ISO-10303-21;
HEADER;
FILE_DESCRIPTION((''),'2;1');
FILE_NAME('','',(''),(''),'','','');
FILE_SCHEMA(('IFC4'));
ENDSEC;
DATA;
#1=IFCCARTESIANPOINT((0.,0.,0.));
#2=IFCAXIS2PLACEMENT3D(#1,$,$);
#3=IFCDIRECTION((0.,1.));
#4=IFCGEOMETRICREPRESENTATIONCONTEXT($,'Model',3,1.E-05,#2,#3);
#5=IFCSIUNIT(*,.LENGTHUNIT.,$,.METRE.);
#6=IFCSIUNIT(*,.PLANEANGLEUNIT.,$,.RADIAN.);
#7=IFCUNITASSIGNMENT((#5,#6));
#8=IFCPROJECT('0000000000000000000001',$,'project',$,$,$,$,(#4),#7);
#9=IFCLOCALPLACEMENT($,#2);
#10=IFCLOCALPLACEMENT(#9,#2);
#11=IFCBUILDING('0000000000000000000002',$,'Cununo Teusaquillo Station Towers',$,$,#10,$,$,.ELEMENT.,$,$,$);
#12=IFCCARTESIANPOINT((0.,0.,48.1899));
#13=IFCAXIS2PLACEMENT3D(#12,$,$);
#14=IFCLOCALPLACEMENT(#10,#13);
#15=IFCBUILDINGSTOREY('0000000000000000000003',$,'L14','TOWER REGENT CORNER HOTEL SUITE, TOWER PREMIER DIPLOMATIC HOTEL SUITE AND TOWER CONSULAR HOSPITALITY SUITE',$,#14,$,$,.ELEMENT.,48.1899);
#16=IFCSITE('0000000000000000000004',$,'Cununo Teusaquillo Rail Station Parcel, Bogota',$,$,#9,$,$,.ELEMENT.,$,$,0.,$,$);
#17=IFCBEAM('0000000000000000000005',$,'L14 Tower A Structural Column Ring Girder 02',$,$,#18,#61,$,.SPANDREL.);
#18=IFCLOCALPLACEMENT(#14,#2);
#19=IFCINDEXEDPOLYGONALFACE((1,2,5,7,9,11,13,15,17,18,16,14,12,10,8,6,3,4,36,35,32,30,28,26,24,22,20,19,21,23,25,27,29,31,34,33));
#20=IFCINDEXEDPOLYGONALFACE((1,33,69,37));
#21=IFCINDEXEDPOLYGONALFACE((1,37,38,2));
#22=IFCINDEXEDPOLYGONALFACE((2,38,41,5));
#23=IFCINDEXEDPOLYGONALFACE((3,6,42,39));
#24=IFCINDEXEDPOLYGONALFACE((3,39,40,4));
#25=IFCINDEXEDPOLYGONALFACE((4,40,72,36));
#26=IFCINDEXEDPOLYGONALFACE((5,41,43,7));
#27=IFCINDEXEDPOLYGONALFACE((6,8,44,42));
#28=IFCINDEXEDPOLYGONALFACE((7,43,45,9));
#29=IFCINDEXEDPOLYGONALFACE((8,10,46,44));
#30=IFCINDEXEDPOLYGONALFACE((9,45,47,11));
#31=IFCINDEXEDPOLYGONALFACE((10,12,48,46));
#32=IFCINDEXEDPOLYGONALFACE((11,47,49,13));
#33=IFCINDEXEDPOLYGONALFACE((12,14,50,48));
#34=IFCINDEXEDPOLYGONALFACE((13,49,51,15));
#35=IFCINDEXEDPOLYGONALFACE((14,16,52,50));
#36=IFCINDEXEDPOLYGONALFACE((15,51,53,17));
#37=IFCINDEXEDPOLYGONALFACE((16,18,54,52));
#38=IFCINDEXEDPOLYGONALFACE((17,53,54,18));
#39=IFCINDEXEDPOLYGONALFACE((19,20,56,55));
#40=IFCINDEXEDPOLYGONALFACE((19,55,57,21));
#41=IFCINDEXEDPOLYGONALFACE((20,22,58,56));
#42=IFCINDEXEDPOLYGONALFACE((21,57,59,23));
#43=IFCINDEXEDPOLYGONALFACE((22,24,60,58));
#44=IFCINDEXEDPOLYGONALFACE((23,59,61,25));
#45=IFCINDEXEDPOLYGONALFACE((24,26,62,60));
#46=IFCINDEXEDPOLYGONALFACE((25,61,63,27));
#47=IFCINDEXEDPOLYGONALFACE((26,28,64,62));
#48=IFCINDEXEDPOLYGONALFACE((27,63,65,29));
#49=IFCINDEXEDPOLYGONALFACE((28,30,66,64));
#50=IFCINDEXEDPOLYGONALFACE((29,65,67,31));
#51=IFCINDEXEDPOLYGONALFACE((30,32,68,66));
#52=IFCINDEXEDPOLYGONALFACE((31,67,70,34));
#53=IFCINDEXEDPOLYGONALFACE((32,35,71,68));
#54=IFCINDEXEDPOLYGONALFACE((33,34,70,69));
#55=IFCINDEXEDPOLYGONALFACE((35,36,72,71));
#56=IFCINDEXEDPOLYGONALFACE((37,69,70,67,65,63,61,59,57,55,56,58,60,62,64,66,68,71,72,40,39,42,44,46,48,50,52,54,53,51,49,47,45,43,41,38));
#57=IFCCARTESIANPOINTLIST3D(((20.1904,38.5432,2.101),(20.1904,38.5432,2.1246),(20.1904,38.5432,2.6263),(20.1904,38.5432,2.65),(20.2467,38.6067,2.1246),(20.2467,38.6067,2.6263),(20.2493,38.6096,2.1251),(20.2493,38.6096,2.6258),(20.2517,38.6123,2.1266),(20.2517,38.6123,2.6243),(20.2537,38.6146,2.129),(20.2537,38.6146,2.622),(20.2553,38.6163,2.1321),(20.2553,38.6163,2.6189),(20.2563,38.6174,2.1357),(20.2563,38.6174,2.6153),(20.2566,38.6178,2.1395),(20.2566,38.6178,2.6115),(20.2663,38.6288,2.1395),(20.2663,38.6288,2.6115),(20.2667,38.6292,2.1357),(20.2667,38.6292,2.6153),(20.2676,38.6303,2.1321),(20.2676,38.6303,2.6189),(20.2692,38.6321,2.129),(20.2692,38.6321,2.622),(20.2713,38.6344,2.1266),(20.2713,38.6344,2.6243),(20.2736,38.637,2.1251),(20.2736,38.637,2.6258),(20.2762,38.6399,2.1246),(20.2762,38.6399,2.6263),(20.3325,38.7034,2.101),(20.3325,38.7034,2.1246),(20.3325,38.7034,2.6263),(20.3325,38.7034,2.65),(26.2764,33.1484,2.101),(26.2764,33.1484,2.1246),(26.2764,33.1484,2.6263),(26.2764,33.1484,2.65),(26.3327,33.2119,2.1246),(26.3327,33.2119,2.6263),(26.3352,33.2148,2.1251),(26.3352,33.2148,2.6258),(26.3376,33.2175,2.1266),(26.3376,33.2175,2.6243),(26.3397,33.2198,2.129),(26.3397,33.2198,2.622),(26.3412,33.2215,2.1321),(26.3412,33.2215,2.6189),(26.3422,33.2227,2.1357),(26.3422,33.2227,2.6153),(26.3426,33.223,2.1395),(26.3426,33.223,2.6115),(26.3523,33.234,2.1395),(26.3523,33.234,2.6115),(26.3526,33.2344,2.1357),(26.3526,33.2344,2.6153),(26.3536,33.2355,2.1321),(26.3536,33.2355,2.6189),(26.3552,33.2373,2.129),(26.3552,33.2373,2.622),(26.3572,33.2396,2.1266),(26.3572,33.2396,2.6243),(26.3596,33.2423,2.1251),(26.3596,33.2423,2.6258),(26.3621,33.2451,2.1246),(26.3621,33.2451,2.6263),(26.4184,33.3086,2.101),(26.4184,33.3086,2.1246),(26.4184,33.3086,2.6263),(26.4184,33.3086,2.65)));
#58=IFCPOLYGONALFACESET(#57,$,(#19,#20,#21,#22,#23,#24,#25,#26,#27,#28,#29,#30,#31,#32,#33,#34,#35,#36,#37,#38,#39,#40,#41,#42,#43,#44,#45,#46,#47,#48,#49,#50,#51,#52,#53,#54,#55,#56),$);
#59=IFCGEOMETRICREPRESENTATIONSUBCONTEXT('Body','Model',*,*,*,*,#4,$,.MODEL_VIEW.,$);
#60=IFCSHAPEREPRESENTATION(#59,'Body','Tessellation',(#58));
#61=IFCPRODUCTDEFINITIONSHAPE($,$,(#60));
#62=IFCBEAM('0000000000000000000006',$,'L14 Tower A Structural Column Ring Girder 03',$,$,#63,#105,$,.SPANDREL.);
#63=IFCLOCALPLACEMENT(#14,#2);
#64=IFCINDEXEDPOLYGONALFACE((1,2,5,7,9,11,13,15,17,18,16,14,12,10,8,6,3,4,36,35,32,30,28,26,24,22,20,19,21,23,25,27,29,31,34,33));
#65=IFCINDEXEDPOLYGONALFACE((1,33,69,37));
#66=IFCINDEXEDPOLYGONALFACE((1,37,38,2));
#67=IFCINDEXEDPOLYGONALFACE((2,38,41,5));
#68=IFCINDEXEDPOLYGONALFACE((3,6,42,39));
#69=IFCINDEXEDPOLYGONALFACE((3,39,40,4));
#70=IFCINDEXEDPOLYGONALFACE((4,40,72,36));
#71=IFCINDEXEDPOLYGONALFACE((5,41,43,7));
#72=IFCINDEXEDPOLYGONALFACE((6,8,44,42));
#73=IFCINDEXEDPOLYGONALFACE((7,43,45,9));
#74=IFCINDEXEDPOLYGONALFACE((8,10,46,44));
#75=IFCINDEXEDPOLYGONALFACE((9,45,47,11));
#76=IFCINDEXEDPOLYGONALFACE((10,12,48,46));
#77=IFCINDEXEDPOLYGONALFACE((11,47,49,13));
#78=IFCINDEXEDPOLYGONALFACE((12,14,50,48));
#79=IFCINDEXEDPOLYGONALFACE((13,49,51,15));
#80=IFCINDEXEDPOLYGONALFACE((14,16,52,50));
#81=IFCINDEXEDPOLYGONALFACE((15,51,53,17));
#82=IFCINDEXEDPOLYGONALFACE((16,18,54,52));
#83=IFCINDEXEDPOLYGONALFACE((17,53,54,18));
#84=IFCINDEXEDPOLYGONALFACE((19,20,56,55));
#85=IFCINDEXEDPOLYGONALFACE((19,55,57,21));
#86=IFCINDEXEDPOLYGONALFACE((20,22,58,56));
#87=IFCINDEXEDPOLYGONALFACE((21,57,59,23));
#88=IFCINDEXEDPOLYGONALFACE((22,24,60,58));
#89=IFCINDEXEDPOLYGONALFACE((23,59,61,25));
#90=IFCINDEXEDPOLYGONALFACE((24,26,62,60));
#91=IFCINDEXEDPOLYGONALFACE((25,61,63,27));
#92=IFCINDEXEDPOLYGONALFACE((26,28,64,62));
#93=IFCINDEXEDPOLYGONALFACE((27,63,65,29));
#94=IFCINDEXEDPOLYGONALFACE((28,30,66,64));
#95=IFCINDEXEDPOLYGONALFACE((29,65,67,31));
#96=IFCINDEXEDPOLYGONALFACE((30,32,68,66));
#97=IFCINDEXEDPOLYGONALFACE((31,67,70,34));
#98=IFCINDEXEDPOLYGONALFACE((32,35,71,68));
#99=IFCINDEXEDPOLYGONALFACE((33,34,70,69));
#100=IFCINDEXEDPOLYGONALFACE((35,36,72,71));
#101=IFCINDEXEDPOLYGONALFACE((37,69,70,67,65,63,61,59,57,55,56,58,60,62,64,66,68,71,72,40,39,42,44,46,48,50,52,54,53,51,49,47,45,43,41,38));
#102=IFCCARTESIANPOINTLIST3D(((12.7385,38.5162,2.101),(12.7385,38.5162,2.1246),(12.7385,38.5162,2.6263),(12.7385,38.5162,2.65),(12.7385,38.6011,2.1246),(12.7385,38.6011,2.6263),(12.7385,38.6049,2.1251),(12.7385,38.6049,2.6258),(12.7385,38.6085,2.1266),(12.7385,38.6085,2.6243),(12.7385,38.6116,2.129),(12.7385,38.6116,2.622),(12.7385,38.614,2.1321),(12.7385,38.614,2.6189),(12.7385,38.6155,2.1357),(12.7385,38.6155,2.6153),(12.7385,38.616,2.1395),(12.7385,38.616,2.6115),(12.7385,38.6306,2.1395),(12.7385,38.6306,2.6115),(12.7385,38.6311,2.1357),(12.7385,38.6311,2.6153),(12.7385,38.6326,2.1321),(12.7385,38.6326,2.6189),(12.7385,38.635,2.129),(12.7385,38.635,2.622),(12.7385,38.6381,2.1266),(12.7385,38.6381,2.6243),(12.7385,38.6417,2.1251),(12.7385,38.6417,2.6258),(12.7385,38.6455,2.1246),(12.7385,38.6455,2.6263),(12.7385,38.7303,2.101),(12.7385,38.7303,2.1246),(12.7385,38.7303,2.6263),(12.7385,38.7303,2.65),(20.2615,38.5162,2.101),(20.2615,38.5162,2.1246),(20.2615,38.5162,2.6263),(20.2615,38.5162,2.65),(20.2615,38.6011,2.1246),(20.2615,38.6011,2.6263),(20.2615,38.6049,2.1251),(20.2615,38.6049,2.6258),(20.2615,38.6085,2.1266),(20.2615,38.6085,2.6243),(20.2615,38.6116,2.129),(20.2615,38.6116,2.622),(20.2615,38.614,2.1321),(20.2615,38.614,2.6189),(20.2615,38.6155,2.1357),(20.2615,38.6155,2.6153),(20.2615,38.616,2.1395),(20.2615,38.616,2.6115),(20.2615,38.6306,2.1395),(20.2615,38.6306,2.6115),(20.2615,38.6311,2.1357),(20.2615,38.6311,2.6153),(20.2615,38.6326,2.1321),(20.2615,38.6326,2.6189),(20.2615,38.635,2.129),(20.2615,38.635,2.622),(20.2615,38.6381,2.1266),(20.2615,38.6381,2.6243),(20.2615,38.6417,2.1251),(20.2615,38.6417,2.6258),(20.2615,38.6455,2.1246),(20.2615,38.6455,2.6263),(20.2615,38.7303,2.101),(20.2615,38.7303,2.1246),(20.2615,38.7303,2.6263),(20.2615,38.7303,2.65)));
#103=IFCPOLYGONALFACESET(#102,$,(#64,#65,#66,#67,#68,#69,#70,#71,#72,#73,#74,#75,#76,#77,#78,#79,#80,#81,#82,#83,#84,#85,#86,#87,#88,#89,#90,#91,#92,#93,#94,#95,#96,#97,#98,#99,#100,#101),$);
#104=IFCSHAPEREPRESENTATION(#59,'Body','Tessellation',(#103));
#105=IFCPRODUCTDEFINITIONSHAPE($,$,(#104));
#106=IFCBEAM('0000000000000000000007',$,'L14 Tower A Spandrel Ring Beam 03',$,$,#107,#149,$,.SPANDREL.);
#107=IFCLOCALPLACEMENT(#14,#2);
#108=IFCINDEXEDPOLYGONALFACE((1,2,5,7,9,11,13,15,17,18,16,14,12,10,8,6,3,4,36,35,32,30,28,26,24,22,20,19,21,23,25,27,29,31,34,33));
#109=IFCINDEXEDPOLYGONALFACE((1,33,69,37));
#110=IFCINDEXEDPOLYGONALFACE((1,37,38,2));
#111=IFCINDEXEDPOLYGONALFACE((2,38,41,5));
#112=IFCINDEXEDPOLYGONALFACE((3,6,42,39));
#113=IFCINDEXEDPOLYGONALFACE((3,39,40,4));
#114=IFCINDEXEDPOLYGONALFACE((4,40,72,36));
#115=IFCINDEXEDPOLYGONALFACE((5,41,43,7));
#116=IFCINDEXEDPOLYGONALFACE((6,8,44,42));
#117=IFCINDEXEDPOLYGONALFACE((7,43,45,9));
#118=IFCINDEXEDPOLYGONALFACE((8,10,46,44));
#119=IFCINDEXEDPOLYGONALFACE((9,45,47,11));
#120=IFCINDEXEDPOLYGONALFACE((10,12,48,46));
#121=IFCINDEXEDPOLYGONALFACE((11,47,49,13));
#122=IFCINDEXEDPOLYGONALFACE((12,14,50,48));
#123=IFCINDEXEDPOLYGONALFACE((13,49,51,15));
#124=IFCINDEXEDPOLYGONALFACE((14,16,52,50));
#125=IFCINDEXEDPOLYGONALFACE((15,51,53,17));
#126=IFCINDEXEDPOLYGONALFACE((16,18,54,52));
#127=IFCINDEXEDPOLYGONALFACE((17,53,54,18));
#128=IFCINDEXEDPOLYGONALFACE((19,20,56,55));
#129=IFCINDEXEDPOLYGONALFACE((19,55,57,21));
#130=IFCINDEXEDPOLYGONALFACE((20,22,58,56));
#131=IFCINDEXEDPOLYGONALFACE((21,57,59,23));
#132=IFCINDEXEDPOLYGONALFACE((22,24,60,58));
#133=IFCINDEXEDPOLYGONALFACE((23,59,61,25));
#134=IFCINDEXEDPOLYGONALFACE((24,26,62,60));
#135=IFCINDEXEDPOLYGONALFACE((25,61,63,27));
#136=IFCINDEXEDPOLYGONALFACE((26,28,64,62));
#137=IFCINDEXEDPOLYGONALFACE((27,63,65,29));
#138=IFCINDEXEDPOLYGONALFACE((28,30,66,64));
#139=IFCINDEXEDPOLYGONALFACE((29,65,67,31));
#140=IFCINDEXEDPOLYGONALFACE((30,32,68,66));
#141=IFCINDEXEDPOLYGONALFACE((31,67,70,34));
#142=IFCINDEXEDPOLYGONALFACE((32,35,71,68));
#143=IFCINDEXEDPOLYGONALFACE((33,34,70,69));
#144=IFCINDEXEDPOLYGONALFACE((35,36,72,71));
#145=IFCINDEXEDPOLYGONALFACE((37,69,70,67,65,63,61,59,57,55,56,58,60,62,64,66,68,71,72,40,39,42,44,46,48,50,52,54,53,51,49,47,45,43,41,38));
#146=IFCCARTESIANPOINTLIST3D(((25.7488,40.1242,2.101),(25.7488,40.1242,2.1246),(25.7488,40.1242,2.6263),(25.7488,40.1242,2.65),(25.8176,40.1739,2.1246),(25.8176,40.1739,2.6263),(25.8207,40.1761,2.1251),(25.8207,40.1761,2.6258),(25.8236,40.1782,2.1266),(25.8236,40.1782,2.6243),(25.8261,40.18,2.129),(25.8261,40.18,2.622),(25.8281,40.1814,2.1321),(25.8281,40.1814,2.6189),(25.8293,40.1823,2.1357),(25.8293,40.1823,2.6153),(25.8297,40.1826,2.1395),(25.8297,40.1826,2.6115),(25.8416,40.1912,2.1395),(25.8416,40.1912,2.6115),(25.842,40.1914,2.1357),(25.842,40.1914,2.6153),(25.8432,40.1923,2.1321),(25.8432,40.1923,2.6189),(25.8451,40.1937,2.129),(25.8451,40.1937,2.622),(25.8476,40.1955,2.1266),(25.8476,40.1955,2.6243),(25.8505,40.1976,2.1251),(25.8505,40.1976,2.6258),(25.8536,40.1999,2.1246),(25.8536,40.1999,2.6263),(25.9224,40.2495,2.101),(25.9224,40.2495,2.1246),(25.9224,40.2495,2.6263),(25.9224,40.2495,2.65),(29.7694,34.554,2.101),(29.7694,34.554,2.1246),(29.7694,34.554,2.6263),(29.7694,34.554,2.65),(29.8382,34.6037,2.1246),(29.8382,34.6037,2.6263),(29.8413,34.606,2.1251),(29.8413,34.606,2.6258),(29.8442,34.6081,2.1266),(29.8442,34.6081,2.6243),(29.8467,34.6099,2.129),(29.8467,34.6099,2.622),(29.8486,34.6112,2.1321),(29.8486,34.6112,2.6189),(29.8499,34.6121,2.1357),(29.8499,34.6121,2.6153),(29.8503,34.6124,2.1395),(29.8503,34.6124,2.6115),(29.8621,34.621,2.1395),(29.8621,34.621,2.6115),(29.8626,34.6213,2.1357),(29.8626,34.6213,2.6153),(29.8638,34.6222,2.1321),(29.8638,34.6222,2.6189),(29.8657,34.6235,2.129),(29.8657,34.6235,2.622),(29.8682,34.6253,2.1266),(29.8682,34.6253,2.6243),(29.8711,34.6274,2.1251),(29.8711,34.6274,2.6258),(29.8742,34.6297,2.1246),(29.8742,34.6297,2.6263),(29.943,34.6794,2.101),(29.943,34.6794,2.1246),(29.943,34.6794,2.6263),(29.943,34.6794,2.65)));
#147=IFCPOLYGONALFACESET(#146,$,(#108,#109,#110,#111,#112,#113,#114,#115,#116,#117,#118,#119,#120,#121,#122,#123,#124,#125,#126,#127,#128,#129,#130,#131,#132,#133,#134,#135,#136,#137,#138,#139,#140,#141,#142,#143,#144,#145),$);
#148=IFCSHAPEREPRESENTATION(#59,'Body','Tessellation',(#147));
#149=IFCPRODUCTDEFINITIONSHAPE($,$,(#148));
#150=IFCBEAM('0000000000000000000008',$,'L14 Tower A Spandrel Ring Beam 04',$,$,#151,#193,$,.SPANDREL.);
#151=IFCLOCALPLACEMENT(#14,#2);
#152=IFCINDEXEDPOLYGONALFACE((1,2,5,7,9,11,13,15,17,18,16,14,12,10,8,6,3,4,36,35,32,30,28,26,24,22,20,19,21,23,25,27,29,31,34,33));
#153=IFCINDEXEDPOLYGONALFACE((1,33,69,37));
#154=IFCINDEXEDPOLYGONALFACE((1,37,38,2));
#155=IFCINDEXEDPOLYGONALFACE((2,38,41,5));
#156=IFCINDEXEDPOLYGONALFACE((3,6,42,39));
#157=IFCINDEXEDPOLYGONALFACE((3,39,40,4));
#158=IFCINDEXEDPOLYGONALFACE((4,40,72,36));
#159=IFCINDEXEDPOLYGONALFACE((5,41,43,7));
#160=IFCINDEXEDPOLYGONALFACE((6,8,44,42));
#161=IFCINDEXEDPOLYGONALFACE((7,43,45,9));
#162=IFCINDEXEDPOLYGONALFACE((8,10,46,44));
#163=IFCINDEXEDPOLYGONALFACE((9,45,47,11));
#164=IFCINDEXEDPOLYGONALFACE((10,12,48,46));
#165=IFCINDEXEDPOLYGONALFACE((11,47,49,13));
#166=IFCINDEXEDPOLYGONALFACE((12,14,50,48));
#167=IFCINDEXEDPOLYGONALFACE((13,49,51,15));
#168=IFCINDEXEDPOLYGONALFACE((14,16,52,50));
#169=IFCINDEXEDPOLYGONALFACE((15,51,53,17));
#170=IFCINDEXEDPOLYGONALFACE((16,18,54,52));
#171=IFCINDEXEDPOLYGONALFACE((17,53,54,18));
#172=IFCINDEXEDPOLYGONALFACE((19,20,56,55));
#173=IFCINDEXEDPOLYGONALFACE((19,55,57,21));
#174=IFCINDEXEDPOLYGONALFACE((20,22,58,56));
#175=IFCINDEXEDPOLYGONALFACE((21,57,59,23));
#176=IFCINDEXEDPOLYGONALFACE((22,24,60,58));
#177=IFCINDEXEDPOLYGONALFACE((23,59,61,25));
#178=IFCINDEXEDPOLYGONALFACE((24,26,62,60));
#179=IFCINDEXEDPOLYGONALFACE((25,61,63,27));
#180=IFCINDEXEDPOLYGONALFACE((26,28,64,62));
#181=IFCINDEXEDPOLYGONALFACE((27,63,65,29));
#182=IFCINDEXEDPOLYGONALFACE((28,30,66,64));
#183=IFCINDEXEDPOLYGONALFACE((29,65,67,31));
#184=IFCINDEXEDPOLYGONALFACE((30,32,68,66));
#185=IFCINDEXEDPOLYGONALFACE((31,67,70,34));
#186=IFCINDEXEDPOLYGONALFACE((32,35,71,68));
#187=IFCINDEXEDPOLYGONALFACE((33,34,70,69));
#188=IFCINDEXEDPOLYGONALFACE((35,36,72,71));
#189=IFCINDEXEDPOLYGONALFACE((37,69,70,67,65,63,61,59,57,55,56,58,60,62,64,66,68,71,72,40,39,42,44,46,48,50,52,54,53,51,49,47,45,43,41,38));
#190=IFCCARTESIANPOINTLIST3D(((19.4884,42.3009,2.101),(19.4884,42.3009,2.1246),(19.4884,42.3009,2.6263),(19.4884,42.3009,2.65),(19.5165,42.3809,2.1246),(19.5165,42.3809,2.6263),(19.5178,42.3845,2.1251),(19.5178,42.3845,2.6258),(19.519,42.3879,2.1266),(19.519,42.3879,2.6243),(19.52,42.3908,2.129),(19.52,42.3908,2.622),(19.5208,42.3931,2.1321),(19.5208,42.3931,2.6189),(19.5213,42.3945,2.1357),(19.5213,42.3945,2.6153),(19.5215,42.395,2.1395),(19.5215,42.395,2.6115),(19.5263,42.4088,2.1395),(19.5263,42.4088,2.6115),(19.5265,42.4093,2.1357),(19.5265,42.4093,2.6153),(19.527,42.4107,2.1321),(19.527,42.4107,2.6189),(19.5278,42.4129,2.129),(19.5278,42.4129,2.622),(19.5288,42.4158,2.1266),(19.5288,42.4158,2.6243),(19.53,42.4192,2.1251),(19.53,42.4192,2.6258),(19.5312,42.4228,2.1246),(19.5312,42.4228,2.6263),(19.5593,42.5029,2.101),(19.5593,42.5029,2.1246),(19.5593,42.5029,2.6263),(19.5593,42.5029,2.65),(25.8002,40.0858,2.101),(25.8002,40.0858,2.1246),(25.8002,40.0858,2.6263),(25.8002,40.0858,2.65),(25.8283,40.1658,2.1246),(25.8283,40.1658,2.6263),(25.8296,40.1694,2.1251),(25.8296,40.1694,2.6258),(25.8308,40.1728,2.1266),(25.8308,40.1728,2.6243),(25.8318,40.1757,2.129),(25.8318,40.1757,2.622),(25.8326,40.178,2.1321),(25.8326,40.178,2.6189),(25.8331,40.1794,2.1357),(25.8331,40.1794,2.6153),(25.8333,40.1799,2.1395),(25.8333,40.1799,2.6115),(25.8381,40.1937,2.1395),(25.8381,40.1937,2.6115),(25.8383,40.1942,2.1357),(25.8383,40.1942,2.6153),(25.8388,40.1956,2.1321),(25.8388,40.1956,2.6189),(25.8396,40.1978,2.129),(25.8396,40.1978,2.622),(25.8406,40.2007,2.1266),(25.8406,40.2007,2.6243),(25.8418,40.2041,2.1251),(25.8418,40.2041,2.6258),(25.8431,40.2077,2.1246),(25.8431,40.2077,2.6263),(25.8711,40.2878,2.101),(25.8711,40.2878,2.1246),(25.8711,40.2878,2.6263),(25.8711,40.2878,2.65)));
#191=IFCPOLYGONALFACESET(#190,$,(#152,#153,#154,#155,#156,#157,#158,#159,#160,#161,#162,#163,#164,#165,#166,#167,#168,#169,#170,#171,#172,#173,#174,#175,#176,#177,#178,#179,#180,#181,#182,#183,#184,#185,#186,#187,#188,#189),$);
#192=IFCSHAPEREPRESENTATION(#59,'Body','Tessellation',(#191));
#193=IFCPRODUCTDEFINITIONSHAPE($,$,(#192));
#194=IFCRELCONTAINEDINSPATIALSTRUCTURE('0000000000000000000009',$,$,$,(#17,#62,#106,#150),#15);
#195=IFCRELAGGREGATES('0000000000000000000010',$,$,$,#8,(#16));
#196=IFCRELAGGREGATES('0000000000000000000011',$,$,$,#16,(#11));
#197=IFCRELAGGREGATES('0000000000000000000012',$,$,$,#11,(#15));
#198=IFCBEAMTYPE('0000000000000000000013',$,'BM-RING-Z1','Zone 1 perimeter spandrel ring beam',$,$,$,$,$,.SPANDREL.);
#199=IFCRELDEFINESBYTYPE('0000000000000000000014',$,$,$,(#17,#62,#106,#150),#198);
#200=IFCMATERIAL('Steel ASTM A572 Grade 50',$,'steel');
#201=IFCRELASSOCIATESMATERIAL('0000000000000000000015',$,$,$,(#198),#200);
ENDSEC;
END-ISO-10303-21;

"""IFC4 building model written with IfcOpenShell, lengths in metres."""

from ifc_helpers import new_model, si_unit, direction, frame, origin, origin_2d, place, context, subcontext, project, spatial, i_section, extrude, material, material_profile, profile_set, type_object, element, save


model = new_model("IFC4")

# Units and contexts
model_context = context("Model", 3, precision=1e-05, world=origin(), true_north=direction((0.0, 1.0)))
body_context = subcontext(model_context, "Body", "Model", "MODEL_VIEW")
ifc_project = project(units=[si_unit("LENGTHUNIT", "METRE"), si_unit("PLANEANGLEUNIT", "RADIAN")], contexts=[model_context])

# Site, building, storey
site_placement = place(None, origin())
site = spatial("IfcSite", under=ifc_project, at=site_placement, Name="Cununo Teusaquillo Rail Station Parcel, Bogota", CompositionType="ELEMENT", RefElevation=0.0)
building_placement = place(site_placement, origin())
building = spatial("IfcBuilding", under=site, at=building_placement, Name="Cununo Teusaquillo Station Towers", CompositionType="ELEMENT")
storey_placement = place(building_placement, frame((0.0, 0.0, 48.1899)))
storey = spatial("IfcBuildingStorey", under=building, at=storey_placement, Name="L14", Description="TOWER REGENT CORNER HOTEL SUITE, TOWER PREMIER DIPLOMATIC HOTEL SUITE AND TOWER CONSULAR HOSPITALITY SUITE", CompositionType="ELEMENT", Elevation=48.1899)

# Beams
ifc_material_1 = material(Name="Steel ASTM A572 Grade 50", Category="steel")
ifc_material_profile_1 = material_profile(ifc_material_1, i_section(OverallWidth=0.2141, OverallDepth=0.5491, WebThickness=0.0146, FlangeThickness=0.0237, FilletRadius=0.0149, at=origin_2d()), Name="W21X93")
ifc_profile_set_1 = profile_set([ifc_material_profile_1], Name="Steel ASTM A572 Grade 50")
beam_type_1 = type_object("IfcBeamType", Name="BM-RING-Z1", Description="Zone 1 perimeter spandrel ring beam", PredefinedType="SPANDREL", material=ifc_profile_set_1)
beam_1_placement = place(storey_placement, frame((26.3474, 33.2285, 2.3755), z_axis=(-0.748321, 0.663337, 0.0), x_axis=(-0.663337, -0.748321, 0.0)))
element("IfcBeam", 1, at=beam_1_placement, inside=storey, type_object=beam_type_1, Name="L14 Tower A Structural Column Ring Girder 02", PredefinedType="SPANDREL", context=body_context, shape_type="SweptSolid", body=[
    extrude(i_section(OverallWidth=0.2141, OverallDepth=0.5491, WebThickness=0.0146, FlangeThickness=0.0237, FilletRadius=0.0149, at=origin_2d()), origin(), (0.0, 0.0, 1.0), 8.1328),
])
beam_2_placement = place(storey_placement, frame((20.2615, 38.6233, 2.3755), z_axis=(-1.0, 0.0, 0.0), x_axis=(0.0, -1.0, 0.0)))
element("IfcBeam", 2, at=beam_2_placement, inside=storey, type_object=beam_type_1, Name="L14 Tower A Structural Column Ring Girder 03", PredefinedType="SPANDREL", context=body_context, shape_type="SweptSolid", body=[
    extrude(i_section(OverallWidth=0.2141, OverallDepth=0.5491, WebThickness=0.0146, FlangeThickness=0.0237, FilletRadius=0.0149, at=origin_2d()), origin(), (0.0, 0.0, 1.0), 7.5229),
])
beam_3_placement = place(storey_placement, frame((29.8562, 34.6167, 2.3755), z_axis=(-0.585269, 0.810839, 0.0), x_axis=(-0.810839, -0.585269, 0.0)))
element("IfcBeam", 3, at=beam_3_placement, inside=storey, type_object=beam_type_1, Name="L14 Tower A Spandrel Ring Beam 03", PredefinedType="SPANDREL", context=body_context, shape_type="SweptSolid", body=[
    extrude(i_section(OverallWidth=0.2141, OverallDepth=0.5491, WebThickness=0.0146, FlangeThickness=0.0237, FilletRadius=0.0149, at=origin_2d()), origin(), (0.0, 0.0, 1.0), 6.8696),
])
beam_4_placement = place(storey_placement, frame((25.8357, 40.1868, 2.3755), z_axis=(-0.94358, 0.331145, 0.0), x_axis=(-0.331145, -0.94358, 0.0)))
element("IfcBeam", 4, at=beam_4_placement, inside=storey, type_object=beam_type_1, Name="L14 Tower A Spandrel Ring Beam 04", PredefinedType="SPANDREL", context=body_context, shape_type="SweptSolid", body=[
    extrude(i_section(OverallWidth=0.2141, OverallDepth=0.5491, WebThickness=0.0146, FlangeThickness=0.0237, FilletRadius=0.0149, at=origin_2d()), origin(), (0.0, 0.0, 1.0), 6.6892),
])

save(model, "model.ifc")
